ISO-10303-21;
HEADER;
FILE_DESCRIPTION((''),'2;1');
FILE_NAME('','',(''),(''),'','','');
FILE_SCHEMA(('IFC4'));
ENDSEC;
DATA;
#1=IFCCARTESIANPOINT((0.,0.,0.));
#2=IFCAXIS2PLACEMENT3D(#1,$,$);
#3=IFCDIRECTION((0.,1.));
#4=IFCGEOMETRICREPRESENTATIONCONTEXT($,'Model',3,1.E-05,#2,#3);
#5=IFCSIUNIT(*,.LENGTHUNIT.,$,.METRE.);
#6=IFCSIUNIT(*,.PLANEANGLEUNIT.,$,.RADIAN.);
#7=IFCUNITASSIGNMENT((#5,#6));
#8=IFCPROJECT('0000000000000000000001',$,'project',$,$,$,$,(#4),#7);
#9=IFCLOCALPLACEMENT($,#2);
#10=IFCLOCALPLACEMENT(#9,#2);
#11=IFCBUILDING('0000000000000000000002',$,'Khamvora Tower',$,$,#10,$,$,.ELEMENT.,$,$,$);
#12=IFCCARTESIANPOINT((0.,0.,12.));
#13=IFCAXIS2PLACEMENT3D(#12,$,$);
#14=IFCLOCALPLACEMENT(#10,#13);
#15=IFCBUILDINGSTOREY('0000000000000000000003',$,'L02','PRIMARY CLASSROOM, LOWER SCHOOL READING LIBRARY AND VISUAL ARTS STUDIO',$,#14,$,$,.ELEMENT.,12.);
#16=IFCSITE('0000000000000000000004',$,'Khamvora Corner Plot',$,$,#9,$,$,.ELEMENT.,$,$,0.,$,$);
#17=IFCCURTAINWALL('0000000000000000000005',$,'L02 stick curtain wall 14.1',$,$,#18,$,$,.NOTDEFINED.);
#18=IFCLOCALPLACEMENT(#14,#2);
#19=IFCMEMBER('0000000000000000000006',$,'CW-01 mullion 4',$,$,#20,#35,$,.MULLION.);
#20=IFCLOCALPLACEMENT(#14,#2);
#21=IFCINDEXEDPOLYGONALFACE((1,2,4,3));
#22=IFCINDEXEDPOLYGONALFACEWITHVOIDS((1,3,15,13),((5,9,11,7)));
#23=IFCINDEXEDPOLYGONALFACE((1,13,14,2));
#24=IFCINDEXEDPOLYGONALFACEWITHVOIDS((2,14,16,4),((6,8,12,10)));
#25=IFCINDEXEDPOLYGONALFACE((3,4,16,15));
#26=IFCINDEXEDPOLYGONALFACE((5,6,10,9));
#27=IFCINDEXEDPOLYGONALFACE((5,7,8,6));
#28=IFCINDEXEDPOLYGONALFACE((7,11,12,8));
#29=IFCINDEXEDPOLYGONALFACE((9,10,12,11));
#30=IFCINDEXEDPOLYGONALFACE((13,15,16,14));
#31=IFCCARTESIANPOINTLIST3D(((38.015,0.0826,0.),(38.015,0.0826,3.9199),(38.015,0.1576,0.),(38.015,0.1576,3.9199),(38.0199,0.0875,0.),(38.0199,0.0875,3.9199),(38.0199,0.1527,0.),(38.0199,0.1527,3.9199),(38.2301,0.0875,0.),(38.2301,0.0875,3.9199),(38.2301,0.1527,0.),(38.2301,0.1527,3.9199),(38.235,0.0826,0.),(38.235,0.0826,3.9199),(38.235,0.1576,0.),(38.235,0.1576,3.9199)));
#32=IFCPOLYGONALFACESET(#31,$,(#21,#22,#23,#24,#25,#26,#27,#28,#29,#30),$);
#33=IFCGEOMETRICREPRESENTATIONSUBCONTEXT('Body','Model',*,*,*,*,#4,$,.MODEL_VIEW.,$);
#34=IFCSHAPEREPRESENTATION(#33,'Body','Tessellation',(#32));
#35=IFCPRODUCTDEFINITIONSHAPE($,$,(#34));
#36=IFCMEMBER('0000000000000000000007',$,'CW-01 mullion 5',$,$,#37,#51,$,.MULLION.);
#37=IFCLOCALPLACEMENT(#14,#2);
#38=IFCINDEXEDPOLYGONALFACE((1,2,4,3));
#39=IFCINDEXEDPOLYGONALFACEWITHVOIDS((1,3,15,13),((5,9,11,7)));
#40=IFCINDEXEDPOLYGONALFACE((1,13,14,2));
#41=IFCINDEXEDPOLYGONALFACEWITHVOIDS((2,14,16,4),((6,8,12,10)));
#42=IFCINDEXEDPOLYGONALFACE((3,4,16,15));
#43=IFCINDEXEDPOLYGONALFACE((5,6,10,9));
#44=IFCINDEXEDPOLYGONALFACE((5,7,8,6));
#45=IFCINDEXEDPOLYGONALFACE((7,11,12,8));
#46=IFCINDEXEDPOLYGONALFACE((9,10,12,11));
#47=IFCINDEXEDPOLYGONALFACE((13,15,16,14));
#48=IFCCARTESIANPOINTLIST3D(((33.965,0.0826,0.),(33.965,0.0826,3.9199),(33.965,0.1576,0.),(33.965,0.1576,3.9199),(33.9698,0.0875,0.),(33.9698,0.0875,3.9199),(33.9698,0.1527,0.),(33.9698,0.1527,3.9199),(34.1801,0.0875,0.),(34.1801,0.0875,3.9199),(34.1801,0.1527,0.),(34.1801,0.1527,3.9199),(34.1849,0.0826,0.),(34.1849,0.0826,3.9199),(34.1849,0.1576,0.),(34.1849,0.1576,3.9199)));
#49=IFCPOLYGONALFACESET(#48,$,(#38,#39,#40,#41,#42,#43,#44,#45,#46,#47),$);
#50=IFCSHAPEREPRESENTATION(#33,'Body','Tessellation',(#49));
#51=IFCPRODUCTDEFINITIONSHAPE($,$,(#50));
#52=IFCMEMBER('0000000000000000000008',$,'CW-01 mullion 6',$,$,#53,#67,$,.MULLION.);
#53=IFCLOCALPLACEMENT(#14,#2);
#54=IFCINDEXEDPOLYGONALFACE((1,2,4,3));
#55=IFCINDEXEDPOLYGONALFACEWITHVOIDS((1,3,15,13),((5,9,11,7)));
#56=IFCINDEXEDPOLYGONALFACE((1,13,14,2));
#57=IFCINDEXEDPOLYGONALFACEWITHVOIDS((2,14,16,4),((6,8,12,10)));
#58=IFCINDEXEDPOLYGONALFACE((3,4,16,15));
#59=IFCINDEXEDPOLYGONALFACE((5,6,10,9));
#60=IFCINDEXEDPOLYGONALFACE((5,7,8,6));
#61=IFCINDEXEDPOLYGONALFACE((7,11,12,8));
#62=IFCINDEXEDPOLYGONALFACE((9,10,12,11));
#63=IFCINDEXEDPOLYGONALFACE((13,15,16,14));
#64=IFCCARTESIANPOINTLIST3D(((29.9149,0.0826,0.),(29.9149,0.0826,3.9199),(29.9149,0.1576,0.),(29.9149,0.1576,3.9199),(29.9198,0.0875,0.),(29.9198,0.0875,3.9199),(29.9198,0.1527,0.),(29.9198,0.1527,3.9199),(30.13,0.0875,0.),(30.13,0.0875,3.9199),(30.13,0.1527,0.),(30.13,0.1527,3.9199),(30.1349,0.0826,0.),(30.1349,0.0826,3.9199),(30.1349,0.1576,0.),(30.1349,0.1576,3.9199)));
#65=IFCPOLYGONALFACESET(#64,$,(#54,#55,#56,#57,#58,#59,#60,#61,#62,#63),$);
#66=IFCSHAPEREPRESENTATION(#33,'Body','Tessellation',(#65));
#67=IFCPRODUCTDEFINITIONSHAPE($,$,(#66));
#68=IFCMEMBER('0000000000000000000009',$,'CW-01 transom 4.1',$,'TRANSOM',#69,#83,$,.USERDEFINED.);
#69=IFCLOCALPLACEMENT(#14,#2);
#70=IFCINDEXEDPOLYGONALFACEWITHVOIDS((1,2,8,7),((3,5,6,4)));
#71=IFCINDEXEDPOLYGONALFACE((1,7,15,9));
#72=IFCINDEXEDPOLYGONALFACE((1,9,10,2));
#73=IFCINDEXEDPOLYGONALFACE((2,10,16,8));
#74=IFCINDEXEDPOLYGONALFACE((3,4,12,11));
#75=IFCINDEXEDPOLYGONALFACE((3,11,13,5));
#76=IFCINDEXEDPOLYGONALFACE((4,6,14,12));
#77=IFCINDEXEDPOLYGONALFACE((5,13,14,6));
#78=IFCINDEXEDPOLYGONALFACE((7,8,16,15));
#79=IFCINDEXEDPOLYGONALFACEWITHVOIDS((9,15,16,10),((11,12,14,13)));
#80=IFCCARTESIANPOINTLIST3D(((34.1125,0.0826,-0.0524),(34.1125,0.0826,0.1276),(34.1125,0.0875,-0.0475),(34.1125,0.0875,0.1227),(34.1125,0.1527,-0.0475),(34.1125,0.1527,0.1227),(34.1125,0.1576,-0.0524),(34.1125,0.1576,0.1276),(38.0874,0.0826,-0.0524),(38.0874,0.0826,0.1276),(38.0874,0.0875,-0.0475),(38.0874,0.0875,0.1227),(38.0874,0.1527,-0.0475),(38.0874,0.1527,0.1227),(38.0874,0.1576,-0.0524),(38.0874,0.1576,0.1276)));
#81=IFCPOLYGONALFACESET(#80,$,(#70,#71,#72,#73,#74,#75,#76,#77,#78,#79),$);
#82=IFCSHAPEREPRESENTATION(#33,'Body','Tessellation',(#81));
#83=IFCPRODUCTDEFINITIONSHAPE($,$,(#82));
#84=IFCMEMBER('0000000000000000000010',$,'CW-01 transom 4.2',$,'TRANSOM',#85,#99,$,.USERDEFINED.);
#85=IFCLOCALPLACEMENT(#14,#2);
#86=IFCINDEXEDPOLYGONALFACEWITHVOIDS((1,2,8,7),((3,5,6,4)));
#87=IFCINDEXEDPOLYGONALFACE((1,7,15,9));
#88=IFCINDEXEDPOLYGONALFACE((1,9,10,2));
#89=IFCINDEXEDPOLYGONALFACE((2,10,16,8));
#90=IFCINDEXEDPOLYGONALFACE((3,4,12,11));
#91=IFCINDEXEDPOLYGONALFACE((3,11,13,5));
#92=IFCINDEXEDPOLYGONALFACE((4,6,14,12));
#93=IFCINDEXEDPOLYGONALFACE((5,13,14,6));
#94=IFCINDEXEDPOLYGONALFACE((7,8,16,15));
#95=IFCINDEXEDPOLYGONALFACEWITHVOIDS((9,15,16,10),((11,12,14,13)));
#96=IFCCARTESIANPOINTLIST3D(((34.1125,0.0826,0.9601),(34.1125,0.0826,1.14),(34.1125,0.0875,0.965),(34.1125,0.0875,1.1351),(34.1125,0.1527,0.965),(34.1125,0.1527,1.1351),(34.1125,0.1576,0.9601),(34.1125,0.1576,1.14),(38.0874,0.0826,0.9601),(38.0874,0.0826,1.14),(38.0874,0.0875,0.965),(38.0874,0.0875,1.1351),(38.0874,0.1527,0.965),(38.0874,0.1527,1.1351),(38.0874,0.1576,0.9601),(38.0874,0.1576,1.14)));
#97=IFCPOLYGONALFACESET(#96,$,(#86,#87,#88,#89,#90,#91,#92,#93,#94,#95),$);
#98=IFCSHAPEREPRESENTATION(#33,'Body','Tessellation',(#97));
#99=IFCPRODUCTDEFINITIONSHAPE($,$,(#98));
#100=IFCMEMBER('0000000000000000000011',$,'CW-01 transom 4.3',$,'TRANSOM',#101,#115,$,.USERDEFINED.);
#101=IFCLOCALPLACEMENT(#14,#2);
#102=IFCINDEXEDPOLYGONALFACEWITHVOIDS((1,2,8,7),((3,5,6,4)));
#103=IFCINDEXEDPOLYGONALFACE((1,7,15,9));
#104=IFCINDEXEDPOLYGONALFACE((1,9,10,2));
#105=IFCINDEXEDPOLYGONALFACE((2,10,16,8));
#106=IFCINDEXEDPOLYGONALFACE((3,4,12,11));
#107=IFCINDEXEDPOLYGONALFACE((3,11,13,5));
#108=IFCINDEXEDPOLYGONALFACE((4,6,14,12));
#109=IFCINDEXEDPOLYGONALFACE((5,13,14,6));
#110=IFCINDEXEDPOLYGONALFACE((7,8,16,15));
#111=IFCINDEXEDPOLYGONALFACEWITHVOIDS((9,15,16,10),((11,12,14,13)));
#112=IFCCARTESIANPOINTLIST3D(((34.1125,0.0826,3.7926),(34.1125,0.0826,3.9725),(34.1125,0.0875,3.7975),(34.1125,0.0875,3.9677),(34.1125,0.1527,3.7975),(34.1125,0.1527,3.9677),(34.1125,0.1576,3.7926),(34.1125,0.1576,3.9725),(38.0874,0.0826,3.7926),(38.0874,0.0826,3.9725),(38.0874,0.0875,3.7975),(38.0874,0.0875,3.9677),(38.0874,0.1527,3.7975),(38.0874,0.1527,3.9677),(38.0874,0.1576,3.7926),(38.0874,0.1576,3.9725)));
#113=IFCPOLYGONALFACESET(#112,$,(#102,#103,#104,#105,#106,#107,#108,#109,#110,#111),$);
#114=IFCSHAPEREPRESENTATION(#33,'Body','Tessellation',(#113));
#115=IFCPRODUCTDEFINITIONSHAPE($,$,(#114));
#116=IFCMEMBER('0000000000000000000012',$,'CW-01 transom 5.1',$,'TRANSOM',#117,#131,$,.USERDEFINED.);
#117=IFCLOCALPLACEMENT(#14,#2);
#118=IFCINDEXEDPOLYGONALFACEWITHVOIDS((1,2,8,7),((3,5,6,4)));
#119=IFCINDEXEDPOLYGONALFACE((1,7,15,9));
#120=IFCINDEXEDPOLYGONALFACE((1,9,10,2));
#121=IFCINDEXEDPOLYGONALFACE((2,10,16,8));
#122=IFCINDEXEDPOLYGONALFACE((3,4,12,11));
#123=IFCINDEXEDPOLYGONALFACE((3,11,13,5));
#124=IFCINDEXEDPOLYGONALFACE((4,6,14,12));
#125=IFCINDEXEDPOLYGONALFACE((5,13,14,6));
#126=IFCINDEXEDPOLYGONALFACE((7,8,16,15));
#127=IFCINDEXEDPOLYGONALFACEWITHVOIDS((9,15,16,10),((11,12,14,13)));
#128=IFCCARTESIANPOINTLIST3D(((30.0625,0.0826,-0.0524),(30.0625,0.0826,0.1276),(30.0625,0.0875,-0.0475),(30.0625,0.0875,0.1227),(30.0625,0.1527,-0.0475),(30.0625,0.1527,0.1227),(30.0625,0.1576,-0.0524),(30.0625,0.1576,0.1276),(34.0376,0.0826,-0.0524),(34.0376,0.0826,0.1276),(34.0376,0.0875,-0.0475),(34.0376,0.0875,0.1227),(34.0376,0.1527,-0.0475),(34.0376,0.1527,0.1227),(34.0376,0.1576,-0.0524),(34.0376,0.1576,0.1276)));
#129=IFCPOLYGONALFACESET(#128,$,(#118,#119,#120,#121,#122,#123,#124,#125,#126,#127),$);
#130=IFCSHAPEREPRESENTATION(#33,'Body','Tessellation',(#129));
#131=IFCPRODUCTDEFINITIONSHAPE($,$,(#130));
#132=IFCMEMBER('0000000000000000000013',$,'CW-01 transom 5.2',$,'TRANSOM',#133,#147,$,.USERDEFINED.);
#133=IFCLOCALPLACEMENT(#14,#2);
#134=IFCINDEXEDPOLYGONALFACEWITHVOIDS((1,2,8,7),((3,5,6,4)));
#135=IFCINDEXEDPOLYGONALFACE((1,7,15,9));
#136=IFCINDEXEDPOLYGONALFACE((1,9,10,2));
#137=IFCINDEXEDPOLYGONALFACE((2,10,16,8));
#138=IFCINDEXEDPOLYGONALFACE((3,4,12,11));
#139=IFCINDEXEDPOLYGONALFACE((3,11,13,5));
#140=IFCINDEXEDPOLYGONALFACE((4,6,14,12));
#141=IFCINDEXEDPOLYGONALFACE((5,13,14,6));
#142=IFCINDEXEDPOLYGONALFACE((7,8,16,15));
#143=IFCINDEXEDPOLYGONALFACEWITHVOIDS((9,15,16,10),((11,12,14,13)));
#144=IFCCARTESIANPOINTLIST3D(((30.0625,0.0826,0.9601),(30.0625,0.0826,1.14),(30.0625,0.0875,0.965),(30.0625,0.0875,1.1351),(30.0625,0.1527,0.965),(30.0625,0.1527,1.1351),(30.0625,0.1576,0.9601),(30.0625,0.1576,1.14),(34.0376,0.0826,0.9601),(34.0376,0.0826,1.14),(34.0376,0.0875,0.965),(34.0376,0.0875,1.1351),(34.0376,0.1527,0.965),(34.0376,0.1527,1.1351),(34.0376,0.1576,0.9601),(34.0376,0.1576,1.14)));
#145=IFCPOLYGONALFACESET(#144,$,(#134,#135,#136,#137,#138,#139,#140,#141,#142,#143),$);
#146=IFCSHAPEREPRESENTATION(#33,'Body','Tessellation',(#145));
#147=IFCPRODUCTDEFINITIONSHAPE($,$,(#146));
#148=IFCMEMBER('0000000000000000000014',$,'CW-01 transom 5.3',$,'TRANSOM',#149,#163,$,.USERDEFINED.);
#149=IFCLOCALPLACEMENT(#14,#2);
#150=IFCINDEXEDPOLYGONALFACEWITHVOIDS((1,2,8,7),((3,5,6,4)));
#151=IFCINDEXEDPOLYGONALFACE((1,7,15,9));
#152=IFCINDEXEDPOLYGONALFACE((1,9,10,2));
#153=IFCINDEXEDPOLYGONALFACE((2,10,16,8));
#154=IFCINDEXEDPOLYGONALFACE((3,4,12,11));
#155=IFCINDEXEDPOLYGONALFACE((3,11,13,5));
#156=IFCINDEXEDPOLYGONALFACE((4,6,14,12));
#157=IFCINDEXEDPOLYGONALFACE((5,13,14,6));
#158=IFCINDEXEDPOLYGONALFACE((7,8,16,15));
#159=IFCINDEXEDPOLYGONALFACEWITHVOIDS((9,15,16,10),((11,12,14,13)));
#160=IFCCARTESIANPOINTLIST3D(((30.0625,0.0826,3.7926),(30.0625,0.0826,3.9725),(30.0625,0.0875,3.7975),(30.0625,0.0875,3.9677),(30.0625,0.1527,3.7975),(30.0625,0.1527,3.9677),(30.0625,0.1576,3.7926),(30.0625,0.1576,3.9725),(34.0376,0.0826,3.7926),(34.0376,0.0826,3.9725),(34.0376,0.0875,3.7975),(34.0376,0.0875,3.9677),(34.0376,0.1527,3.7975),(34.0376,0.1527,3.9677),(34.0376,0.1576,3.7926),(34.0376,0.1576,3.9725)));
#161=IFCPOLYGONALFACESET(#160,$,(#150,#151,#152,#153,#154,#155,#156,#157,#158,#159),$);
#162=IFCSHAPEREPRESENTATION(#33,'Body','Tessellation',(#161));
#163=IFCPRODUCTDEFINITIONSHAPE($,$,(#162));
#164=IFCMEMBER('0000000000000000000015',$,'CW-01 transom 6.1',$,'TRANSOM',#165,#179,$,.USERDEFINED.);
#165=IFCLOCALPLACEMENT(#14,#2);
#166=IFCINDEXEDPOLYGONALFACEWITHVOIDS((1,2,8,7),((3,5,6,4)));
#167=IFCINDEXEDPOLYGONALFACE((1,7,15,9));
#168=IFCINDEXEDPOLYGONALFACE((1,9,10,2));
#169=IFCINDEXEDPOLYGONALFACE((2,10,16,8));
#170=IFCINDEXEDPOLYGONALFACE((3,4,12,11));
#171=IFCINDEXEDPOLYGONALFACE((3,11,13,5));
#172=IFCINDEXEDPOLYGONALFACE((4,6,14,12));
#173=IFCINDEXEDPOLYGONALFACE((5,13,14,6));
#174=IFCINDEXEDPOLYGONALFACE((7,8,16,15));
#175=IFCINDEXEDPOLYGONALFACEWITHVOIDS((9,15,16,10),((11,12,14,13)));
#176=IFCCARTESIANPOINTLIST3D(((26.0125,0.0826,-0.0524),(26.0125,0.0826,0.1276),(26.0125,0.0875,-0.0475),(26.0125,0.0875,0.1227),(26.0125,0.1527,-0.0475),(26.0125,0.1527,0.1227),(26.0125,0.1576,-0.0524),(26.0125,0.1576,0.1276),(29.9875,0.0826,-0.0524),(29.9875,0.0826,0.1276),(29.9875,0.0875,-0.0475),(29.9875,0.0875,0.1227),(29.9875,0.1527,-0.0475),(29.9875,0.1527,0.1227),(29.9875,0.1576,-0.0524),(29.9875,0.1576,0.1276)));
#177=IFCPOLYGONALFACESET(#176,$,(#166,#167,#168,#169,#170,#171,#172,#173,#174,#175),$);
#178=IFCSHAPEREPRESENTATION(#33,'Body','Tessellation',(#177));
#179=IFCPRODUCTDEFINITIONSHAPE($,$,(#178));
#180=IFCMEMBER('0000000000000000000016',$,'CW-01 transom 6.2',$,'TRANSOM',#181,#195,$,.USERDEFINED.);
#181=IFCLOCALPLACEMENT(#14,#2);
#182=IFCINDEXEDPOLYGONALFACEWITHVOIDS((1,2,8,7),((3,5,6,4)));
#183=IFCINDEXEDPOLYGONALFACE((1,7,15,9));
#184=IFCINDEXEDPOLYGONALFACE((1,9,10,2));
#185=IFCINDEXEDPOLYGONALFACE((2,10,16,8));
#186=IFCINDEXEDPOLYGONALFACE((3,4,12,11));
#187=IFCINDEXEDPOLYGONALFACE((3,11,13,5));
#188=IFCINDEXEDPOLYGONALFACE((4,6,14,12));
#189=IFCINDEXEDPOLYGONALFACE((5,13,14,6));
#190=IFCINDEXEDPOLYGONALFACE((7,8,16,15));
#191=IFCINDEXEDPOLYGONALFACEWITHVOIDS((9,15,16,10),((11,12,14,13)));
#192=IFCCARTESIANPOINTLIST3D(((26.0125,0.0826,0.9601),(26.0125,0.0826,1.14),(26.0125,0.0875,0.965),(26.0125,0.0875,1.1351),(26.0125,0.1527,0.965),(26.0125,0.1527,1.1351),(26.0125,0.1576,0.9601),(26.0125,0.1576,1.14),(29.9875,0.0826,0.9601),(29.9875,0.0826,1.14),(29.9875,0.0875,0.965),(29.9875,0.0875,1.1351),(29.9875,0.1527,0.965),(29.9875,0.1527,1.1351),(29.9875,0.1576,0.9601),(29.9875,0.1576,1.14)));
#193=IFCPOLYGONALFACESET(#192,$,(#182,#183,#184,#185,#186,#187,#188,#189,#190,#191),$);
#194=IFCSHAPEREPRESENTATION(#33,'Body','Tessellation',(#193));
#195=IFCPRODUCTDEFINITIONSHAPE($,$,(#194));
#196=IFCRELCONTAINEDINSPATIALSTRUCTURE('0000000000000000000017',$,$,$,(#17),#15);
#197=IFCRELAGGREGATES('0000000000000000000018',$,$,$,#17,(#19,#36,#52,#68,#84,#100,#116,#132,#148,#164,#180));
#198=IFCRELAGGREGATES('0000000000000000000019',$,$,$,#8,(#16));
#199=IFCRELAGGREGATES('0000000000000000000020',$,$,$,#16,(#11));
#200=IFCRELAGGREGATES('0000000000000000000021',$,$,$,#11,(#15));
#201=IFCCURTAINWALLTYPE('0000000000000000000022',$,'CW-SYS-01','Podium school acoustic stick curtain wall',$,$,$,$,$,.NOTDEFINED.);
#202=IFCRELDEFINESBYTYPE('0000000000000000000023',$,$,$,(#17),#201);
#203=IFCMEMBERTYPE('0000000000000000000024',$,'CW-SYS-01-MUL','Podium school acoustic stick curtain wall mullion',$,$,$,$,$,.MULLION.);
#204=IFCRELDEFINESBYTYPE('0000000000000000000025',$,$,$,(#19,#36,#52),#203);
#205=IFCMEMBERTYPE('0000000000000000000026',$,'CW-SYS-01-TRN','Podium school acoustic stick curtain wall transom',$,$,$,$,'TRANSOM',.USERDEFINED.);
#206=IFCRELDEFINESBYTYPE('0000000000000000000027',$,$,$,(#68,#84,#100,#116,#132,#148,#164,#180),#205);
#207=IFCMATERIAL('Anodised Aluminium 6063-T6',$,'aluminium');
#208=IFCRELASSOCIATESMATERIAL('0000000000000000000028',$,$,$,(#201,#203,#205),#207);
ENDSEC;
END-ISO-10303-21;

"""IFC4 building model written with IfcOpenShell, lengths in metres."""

from ifc_helpers import new_model, si_unit, direction, frame, origin, origin_2d, place, context, subcontext, project, spatial, hollow_rectangle, extrude, material, material_profile, profile_set, type_object, element, aggregate, save


model = new_model("IFC4")

# Units and contexts
model_context = context("Model", 3, precision=1e-05, world=origin(), true_north=direction((0.0, 1.0)))
body_context = subcontext(model_context, "Body", "Model", "MODEL_VIEW")
ifc_project = project(units=[si_unit("LENGTHUNIT", "METRE"), si_unit("PLANEANGLEUNIT", "RADIAN")], contexts=[model_context])

# Site, building, storey
site_placement = place(None, origin())
site = spatial("IfcSite", under=ifc_project, at=site_placement, Name="Khamvora Corner Plot", CompositionType="ELEMENT", RefElevation=0.0)
building_placement = place(site_placement, origin())
building = spatial("IfcBuilding", under=site, at=building_placement, Name="Khamvora Tower", CompositionType="ELEMENT")
storey_placement = place(building_placement, frame((0.0, 0.0, 12.0)))
storey = spatial("IfcBuildingStorey", under=building, at=storey_placement, Name="L02", Description="PRIMARY CLASSROOM, LOWER SCHOOL READING LIBRARY AND VISUAL ARTS STUDIO", CompositionType="ELEMENT", Elevation=12.0)

# Curtain wall, members
ifc_material_1 = material(Name="Anodised Aluminium 6063-T6", Category="aluminium")
curtain_wall_type = type_object("IfcCurtainWallType", Name="CW-SYS-01", Description="Podium school acoustic stick curtain wall", PredefinedType="NOTDEFINED", material=ifc_material_1)
curtain_wall_placement = place(storey_placement, origin())
curtain_wall = element("IfcCurtainWall", 1, at=curtain_wall_placement, inside=storey, type_object=curtain_wall_type, Name="L02 stick curtain wall 14.1", PredefinedType="NOTDEFINED")
ifc_material_profile_1 = material_profile(ifc_material_1, hollow_rectangle(XDim=0.075, YDim=0.22, WallThickness=0.0049, at=origin_2d()), Name="MUL75x220x5")
ifc_profile_set_1 = profile_set([ifc_material_profile_1], Name="Anodised Aluminium 6063-T6")
member_type_1 = type_object("IfcMemberType", Name="CW-SYS-01-MUL", Description="Podium school acoustic stick curtain wall mullion", PredefinedType="MULLION", material=ifc_profile_set_1)
member_1_placement = place(storey_placement, frame((38.125, 0.1201, 0.0), z_axis=(0.0, 0.0, 1.0), x_axis=(0.0, -1.0, 0.0)))
member_1 = element("IfcMember", 2, at=member_1_placement, type_object=member_type_1, Name="CW-01 mullion 4", PredefinedType="MULLION", context=body_context, shape_type="SweptSolid", body=[
    extrude(hollow_rectangle(XDim=0.075, YDim=0.22, WallThickness=0.0049, at=origin_2d()), origin(), (0.0, 0.0, 1.0), 3.9199),
])
member_2_placement = place(storey_placement, frame((34.075, 0.1201, 0.0), z_axis=(0.0, 0.0, 1.0), x_axis=(0.0, -1.0, 0.0)))
member_2 = element("IfcMember", 3, at=member_2_placement, type_object=member_type_1, Name="CW-01 mullion 5", PredefinedType="MULLION", context=body_context, shape_type="SweptSolid", body=[
    extrude(hollow_rectangle(XDim=0.075, YDim=0.22, WallThickness=0.0049, at=origin_2d()), origin(), (0.0, 0.0, 1.0), 3.9199),
])
member_3_placement = place(storey_placement, frame((30.0249, 0.1201, 0.0), z_axis=(0.0, 0.0, 1.0), x_axis=(0.0, -1.0, 0.0)))
member_3 = element("IfcMember", 4, at=member_3_placement, type_object=member_type_1, Name="CW-01 mullion 6", PredefinedType="MULLION", context=body_context, shape_type="SweptSolid", body=[
    extrude(hollow_rectangle(XDim=0.075, YDim=0.22, WallThickness=0.0049, at=origin_2d()), origin(), (0.0, 0.0, 1.0), 3.9199),
])
ifc_material_profile_2 = material_profile(ifc_material_1, hollow_rectangle(XDim=0.075, YDim=0.1799, WallThickness=0.0049, at=origin_2d()), Name="TRN75x180x5")
ifc_profile_set_2 = profile_set([ifc_material_profile_2], Name="Anodised Aluminium 6063-T6")
member_type_2 = type_object("IfcMemberType", Name="CW-SYS-01-TRN", Description="Podium school acoustic stick curtain wall transom", ElementType="TRANSOM", PredefinedType="USERDEFINED", material=ifc_profile_set_2)
member_4_placement = place(storey_placement, frame((38.0874, 0.1201, 0.0376), z_axis=(-1.0, 0.0, 0.0), x_axis=(0.0, -1.0, 0.0)))
member_4 = element("IfcMember", 5, at=member_4_placement, type_object=member_type_2, Name="CW-01 transom 4.1", ObjectType="TRANSOM", PredefinedType="USERDEFINED", context=body_context, shape_type="SweptSolid", body=[
    extrude(hollow_rectangle(XDim=0.075, YDim=0.1799, WallThickness=0.0049, at=origin_2d()), origin(), (0.0, 0.0, 1.0), 3.9749),
])
member_5_placement = place(storey_placement, frame((38.0874, 0.1201, 1.05), z_axis=(-1.0, 0.0, 0.0), x_axis=(0.0, -1.0, 0.0)))
member_5 = element("IfcMember", 6, at=member_5_placement, type_object=member_type_2, Name="CW-01 transom 4.2", ObjectType="TRANSOM", PredefinedType="USERDEFINED", context=body_context, shape_type="SweptSolid", body=[
    extrude(hollow_rectangle(XDim=0.075, YDim=0.1799, WallThickness=0.0049, at=origin_2d()), origin(), (0.0, 0.0, 1.0), 3.9749),
])
member_6_placement = place(storey_placement, frame((38.0874, 0.1201, 3.8826), z_axis=(-1.0, 0.0, 0.0), x_axis=(0.0, -1.0, 0.0)))
member_6 = element("IfcMember", 7, at=member_6_placement, type_object=member_type_2, Name="CW-01 transom 4.3", ObjectType="TRANSOM", PredefinedType="USERDEFINED", context=body_context, shape_type="SweptSolid", body=[
    extrude(hollow_rectangle(XDim=0.075, YDim=0.1799, WallThickness=0.0049, at=origin_2d()), origin(), (0.0, 0.0, 1.0), 3.9749),
])
member_7_placement = place(storey_placement, frame((34.0376, 0.1201, 0.0376), z_axis=(-1.0, 0.0, 0.0), x_axis=(0.0, -1.0, 0.0)))
member_7 = element("IfcMember", 8, at=member_7_placement, type_object=member_type_2, Name="CW-01 transom 5.1", ObjectType="TRANSOM", PredefinedType="USERDEFINED", context=body_context, shape_type="SweptSolid", body=[
    extrude(hollow_rectangle(XDim=0.075, YDim=0.1799, WallThickness=0.0049, at=origin_2d()), origin(), (0.0, 0.0, 1.0), 3.9751),
])
member_8_placement = place(storey_placement, frame((34.0376, 0.1201, 1.05), z_axis=(-1.0, 0.0, 0.0), x_axis=(0.0, -1.0, 0.0)))
member_8 = element("IfcMember", 9, at=member_8_placement, type_object=member_type_2, Name="CW-01 transom 5.2", ObjectType="TRANSOM", PredefinedType="USERDEFINED", context=body_context, shape_type="SweptSolid", body=[
    extrude(hollow_rectangle(XDim=0.075, YDim=0.1799, WallThickness=0.0049, at=origin_2d()), origin(), (0.0, 0.0, 1.0), 3.9751),
])
member_9_placement = place(storey_placement, frame((34.0376, 0.1201, 3.8826), z_axis=(-1.0, 0.0, 0.0), x_axis=(0.0, -1.0, 0.0)))
member_9 = element("IfcMember", 10, at=member_9_placement, type_object=member_type_2, Name="CW-01 transom 5.3", ObjectType="TRANSOM", PredefinedType="USERDEFINED", context=body_context, shape_type="SweptSolid", body=[
    extrude(hollow_rectangle(XDim=0.075, YDim=0.1799, WallThickness=0.0049, at=origin_2d()), origin(), (0.0, 0.0, 1.0), 3.9751),
])
member_10_placement = place(storey_placement, frame((29.9875, 0.1201, 0.0376), z_axis=(-1.0, 0.0, 0.0), x_axis=(0.0, -1.0, 0.0)))
member_10 = element("IfcMember", 11, at=member_10_placement, type_object=member_type_2, Name="CW-01 transom 6.1", ObjectType="TRANSOM", PredefinedType="USERDEFINED", context=body_context, shape_type="SweptSolid", body=[
    extrude(hollow_rectangle(XDim=0.075, YDim=0.1799, WallThickness=0.0049, at=origin_2d()), origin(), (0.0, 0.0, 1.0), 3.9751),
])
member_11_placement = place(storey_placement, frame((29.9875, 0.1201, 1.05), z_axis=(-1.0, 0.0, 0.0), x_axis=(0.0, -1.0, 0.0)))
member_11 = element("IfcMember", 12, at=member_11_placement, type_object=member_type_2, Name="CW-01 transom 6.2", ObjectType="TRANSOM", PredefinedType="USERDEFINED", context=body_context, shape_type="SweptSolid", body=[
    extrude(hollow_rectangle(XDim=0.075, YDim=0.1799, WallThickness=0.0049, at=origin_2d()), origin(), (0.0, 0.0, 1.0), 3.9751),
])

aggregate(curtain_wall, [member_1, member_2, member_3, member_4, member_5, member_6, member_7, member_8, member_9, member_10, member_11])

save(model, "model.ifc")
